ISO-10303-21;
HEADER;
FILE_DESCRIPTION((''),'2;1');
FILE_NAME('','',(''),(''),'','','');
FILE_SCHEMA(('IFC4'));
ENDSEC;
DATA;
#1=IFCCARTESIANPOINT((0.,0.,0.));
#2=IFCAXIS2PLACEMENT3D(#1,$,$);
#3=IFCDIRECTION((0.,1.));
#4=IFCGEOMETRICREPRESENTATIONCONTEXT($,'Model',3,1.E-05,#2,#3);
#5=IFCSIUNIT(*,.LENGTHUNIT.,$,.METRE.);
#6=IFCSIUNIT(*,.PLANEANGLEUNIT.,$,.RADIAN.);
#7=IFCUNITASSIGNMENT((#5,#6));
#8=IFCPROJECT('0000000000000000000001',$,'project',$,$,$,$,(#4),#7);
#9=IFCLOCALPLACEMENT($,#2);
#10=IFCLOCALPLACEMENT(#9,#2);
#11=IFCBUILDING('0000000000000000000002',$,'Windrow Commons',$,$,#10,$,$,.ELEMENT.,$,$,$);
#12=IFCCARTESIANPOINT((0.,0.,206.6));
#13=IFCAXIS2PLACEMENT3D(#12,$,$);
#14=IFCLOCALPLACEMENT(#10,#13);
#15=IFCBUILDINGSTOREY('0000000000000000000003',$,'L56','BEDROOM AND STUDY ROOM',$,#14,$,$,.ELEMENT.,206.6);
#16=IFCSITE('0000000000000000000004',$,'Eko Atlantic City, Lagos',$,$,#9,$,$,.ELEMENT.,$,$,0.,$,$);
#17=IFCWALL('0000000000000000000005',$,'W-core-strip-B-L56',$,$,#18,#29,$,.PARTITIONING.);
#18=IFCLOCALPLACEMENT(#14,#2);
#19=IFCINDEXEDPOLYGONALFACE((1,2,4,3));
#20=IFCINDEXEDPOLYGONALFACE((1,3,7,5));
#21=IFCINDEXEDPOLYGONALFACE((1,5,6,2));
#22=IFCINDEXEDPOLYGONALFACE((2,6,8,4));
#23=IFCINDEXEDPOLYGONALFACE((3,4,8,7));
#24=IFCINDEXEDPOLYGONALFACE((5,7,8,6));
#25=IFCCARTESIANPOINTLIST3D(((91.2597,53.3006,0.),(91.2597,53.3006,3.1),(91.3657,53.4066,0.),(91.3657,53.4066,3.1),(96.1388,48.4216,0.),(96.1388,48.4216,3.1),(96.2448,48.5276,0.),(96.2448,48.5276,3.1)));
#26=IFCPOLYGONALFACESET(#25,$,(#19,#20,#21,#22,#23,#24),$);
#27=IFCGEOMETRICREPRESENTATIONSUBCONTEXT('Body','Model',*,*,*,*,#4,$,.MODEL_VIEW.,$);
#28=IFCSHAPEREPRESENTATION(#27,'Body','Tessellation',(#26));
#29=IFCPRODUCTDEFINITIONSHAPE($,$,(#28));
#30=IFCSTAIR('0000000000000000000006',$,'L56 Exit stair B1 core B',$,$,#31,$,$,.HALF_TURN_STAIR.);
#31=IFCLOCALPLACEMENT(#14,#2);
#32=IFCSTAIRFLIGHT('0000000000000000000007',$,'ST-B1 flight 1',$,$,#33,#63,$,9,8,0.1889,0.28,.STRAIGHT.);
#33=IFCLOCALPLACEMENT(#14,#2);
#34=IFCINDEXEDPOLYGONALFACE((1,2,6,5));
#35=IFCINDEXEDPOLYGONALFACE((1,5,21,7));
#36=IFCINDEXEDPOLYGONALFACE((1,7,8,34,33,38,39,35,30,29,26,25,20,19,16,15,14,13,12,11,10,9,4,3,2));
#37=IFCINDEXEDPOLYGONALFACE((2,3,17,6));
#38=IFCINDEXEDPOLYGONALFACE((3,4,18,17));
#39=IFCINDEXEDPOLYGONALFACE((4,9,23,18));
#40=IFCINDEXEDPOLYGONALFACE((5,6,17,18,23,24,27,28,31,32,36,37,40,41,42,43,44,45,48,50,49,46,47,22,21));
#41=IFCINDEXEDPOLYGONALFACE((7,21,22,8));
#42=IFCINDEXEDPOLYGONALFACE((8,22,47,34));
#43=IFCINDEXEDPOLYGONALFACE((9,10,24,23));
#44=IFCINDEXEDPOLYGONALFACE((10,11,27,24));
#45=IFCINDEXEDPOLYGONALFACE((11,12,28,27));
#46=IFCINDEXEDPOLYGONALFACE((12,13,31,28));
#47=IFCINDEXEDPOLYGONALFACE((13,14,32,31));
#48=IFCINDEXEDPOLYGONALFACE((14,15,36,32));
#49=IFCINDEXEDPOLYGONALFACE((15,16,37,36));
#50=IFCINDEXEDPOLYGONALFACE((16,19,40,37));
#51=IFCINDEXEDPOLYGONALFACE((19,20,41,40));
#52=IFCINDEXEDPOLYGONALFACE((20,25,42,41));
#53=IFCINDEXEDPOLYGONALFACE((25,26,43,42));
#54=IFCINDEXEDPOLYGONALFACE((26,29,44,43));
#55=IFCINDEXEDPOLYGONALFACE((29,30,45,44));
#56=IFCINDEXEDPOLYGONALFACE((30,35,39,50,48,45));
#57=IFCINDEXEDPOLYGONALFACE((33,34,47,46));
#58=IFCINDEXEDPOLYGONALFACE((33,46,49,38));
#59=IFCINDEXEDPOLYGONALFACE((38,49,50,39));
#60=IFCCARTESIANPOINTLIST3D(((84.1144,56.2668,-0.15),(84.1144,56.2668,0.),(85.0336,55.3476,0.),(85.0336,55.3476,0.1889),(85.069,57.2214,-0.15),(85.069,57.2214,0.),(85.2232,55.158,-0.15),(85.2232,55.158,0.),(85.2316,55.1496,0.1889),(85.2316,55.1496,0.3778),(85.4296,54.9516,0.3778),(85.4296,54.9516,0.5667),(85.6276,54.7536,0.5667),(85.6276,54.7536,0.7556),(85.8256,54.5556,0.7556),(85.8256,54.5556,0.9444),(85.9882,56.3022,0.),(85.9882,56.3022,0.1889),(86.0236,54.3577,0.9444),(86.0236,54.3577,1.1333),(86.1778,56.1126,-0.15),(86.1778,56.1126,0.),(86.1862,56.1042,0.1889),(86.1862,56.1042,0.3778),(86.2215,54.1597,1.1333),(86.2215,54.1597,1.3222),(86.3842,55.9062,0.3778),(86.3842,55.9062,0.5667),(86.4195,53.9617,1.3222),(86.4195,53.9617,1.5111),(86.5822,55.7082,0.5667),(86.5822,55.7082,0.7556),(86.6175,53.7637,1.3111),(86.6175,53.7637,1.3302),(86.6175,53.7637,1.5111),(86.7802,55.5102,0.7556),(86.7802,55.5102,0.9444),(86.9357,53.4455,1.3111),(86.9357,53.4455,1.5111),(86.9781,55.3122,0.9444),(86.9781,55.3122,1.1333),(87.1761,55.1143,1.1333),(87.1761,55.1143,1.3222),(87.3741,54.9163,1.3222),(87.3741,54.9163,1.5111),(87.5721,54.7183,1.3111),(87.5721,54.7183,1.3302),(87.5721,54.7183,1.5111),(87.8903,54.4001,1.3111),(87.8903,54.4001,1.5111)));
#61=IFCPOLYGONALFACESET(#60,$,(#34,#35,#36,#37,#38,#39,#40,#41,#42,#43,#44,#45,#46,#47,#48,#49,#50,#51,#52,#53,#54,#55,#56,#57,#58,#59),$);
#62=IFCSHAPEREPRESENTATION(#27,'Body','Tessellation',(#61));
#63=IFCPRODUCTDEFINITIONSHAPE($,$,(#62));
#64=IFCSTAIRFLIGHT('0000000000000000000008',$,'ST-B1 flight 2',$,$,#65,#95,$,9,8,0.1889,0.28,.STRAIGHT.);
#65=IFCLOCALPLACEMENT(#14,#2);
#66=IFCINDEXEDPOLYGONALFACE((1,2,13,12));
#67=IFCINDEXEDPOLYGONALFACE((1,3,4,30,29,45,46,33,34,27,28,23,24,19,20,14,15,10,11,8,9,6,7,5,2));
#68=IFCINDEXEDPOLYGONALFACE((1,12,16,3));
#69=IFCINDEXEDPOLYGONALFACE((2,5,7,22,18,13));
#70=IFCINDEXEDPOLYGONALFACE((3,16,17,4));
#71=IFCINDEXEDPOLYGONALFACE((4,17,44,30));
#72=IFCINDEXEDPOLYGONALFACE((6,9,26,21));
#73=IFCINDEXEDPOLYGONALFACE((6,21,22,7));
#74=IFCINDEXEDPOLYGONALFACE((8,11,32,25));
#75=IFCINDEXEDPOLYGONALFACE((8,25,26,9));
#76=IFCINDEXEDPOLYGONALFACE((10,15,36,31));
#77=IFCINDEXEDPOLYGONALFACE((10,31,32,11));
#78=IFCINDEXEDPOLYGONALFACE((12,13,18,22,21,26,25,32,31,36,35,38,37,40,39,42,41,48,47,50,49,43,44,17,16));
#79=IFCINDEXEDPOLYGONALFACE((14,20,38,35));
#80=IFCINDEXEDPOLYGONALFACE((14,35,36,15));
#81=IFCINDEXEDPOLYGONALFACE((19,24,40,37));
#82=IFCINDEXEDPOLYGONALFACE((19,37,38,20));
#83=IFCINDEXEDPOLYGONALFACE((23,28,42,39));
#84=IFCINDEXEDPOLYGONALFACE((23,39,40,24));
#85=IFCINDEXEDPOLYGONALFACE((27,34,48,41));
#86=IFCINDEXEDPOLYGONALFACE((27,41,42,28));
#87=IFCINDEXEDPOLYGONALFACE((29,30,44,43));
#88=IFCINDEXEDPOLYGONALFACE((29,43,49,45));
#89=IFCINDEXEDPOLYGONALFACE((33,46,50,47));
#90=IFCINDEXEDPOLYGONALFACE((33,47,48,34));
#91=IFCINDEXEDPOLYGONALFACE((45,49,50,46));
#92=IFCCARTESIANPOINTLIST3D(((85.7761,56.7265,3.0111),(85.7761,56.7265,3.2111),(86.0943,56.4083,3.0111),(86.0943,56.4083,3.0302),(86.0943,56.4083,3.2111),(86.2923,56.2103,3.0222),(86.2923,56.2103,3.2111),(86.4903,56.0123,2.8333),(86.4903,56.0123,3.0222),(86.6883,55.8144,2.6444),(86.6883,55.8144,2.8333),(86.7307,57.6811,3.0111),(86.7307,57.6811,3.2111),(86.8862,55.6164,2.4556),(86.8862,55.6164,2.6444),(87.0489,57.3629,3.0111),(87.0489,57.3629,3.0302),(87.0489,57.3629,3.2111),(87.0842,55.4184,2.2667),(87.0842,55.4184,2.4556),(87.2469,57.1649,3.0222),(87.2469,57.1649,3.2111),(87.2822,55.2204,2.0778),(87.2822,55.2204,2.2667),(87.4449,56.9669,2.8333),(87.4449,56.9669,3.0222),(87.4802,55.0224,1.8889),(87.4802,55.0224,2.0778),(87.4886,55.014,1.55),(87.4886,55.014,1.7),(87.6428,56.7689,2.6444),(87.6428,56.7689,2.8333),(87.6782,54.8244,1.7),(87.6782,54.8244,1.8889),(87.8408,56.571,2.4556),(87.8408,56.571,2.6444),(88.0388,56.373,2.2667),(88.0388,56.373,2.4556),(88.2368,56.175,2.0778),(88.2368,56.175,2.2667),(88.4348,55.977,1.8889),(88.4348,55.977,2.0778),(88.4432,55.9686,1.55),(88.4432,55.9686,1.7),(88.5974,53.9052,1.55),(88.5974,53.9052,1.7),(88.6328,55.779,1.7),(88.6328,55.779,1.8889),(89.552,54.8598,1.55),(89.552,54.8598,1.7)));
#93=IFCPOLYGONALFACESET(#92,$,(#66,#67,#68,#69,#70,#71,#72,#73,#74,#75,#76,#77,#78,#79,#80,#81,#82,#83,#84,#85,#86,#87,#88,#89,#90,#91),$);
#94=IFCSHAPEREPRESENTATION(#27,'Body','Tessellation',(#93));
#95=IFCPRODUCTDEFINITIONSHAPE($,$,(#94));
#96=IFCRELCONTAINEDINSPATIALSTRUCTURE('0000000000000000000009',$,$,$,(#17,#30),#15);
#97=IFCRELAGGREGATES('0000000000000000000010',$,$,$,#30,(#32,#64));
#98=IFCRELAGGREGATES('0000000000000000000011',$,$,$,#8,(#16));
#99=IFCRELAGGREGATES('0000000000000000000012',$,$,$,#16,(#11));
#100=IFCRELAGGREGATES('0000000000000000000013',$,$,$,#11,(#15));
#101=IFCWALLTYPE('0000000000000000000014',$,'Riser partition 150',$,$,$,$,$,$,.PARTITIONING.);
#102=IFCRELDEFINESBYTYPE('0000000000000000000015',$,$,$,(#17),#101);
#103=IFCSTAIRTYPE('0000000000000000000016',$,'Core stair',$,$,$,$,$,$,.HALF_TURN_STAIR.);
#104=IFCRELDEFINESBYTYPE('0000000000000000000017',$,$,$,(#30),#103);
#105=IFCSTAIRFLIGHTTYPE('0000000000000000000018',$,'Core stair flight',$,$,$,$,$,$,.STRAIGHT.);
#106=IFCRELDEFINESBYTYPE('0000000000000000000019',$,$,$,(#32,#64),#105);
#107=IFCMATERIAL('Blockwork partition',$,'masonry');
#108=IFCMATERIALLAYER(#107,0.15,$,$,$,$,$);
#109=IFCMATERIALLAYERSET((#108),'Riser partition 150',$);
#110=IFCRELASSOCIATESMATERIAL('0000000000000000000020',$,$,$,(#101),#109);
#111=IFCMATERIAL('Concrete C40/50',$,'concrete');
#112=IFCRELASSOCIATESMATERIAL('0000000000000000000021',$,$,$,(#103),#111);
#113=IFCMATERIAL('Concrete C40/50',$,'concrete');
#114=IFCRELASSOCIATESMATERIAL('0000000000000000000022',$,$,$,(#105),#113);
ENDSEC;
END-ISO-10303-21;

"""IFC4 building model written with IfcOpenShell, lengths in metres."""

from ifc_helpers import new_model, si_unit, direction, frame, frame_2d, origin, place, context, subcontext, project, spatial, polyline, rectangle, outline, extrude, material, layer, layer_set, type_object, element, aggregate, save


model = new_model("IFC4")

# Units and contexts
model_context = context("Model", 3, precision=1e-05, world=origin(), true_north=direction((0.0, 1.0)))
body_context = subcontext(model_context, "Body", "Model", "MODEL_VIEW")
ifc_project = project(units=[si_unit("LENGTHUNIT", "METRE"), si_unit("PLANEANGLEUNIT", "RADIAN")], contexts=[model_context])

# Site, building, storey
site_placement = place(None, origin())
site = spatial("IfcSite", under=ifc_project, at=site_placement, Name="Eko Atlantic City, Lagos", CompositionType="ELEMENT", RefElevation=0.0)
building_placement = place(site_placement, origin())
building = spatial("IfcBuilding", under=site, at=building_placement, Name="Windrow Commons", CompositionType="ELEMENT")
storey_placement = place(building_placement, frame((0.0, 0.0, 206.6)))
storey = spatial("IfcBuildingStorey", under=building, at=storey_placement, Name="L56", Description="BEDROOM AND STUDY ROOM", CompositionType="ELEMENT", Elevation=206.6)

# Wall
ifc_material_1 = material(Name="Blockwork partition", Category="masonry")
ifc_layer_1 = layer(ifc_material_1, 0.15)
ifc_layer_set_1 = layer_set([ifc_layer_1], Name="Riser partition 150")
wall_type_1 = type_object("IfcWallType", Name="Riser partition 150", PredefinedType="PARTITIONING", material=ifc_layer_set_1)
wall_1_placement = place(storey_placement, frame((91.3127, 53.3536, 0.0), z_axis=(0.0, 0.0, 1.0), x_axis=(0.707114, -0.7071, 0.0)))
element("IfcWall", 1, at=wall_1_placement, inside=storey, type_object=wall_type_1, Name="W-core-strip-B-L56", PredefinedType="PARTITIONING", context=body_context, shape_type="SweptSolid", body=[
    extrude(rectangle(XDim=6.9, YDim=0.15, at=frame_2d((3.45, 0.0))), origin(), (0.0, 0.0, 1.0), 3.1),
])

# Stair, stair flights
ifc_material_2 = material(Name="Concrete C40/50", Category="concrete")
stair_type = type_object("IfcStairType", Name="Core stair", PredefinedType="HALF_TURN_STAIR", material=ifc_material_2)
stair_placement = place(storey_placement, origin())
stair = element("IfcStair", 2, at=stair_placement, inside=storey, type_object=stair_type, Name="L56 Exit stair B1 core B", PredefinedType="HALF_TURN_STAIR")
ifc_material_3 = material(Name="Concrete C40/50", Category="concrete")
stair_flight_type = type_object("IfcStairFlightType", Name="Core stair flight", PredefinedType="STRAIGHT", material=ifc_material_3)
stair_flight_1_placement = place(storey_placement, frame((85.5109, 55.8249, 0.0), z_axis=(0.0, 0.0, 1.0), x_axis=(0.707107, -0.707107, 0.0)))
stair_flight_1 = element("IfcStairFlight", 3, at=stair_flight_1_placement, type_object=stair_flight_type, Name="ST-B1 flight 1", NumberOfRisers=9, NumberOfTreads=8, PredefinedType="STRAIGHT", RiserHeight=0.1889, TreadLength=0.28, context=body_context, shape_type="SweptSolid", body=[
    extrude(outline(polyline([(-1.3, -0.15), (-1.3, 0.0), (0.0, 0.0), (0.0, 0.1889), (0.28, 0.1889), (0.28, 0.3778), (0.56, 0.3778), (0.56, 0.5667), (0.84, 0.5667), (0.84, 0.7556), (1.12, 0.7556), (1.12, 0.9444), (1.4, 0.9444), (1.4, 1.1333), (1.68, 1.1333), (1.68, 1.3222), (1.96, 1.3222), (1.96, 1.5111), (2.24, 1.5111), (2.69, 1.5111), (2.69, 1.3111), (2.24, 1.3111), (2.24, 1.3302), (0.2682, 0.0), (0.2682, -0.15), (-1.3, -0.15)])), frame((0.0, 0.675, 0.0), z_axis=(0.0, -1.0, 0.0), x_axis=(1.0, 0.0, 0.0)), (0.0, 0.0, 1.0), 1.35),
])
stair_flight_2_placement = place(storey_placement, frame((88.1555, 55.3017, 1.7), z_axis=(0.0, 0.0, 1.0), x_axis=(-0.707107, 0.707107, 0.0)))
stair_flight_2 = element("IfcStairFlight", 4, at=stair_flight_2_placement, type_object=stair_flight_type, Name="ST-B1 flight 2", NumberOfRisers=9, NumberOfTreads=8, PredefinedType="STRAIGHT", RiserHeight=0.1889, TreadLength=0.28, context=body_context, shape_type="SweptSolid", body=[
    extrude(outline(polyline([(-1.3, -0.15), (-1.3, 0.0), (0.0, 0.0), (0.0, 0.1889), (0.28, 0.1889), (0.28, 0.3778), (0.56, 0.3778), (0.56, 0.5667), (0.84, 0.5667), (0.84, 0.7556), (1.12, 0.7556), (1.12, 0.9444), (1.4, 0.9444), (1.4, 1.1333), (1.68, 1.1333), (1.68, 1.3222), (1.96, 1.3222), (1.96, 1.5111), (2.24, 1.5111), (2.69, 1.5111), (2.69, 1.3111), (2.24, 1.3111), (2.24, 1.3302), (0.2682, 0.0), (0.2682, -0.15), (-1.3, -0.15)])), frame((0.0, 0.675, 0.0), z_axis=(0.0, -1.0, 0.0), x_axis=(1.0, 0.0, 0.0)), (0.0, 0.0, 1.0), 1.35),
])
aggregate(stair, [stair_flight_1, stair_flight_2])

save(model, "model.ifc")
